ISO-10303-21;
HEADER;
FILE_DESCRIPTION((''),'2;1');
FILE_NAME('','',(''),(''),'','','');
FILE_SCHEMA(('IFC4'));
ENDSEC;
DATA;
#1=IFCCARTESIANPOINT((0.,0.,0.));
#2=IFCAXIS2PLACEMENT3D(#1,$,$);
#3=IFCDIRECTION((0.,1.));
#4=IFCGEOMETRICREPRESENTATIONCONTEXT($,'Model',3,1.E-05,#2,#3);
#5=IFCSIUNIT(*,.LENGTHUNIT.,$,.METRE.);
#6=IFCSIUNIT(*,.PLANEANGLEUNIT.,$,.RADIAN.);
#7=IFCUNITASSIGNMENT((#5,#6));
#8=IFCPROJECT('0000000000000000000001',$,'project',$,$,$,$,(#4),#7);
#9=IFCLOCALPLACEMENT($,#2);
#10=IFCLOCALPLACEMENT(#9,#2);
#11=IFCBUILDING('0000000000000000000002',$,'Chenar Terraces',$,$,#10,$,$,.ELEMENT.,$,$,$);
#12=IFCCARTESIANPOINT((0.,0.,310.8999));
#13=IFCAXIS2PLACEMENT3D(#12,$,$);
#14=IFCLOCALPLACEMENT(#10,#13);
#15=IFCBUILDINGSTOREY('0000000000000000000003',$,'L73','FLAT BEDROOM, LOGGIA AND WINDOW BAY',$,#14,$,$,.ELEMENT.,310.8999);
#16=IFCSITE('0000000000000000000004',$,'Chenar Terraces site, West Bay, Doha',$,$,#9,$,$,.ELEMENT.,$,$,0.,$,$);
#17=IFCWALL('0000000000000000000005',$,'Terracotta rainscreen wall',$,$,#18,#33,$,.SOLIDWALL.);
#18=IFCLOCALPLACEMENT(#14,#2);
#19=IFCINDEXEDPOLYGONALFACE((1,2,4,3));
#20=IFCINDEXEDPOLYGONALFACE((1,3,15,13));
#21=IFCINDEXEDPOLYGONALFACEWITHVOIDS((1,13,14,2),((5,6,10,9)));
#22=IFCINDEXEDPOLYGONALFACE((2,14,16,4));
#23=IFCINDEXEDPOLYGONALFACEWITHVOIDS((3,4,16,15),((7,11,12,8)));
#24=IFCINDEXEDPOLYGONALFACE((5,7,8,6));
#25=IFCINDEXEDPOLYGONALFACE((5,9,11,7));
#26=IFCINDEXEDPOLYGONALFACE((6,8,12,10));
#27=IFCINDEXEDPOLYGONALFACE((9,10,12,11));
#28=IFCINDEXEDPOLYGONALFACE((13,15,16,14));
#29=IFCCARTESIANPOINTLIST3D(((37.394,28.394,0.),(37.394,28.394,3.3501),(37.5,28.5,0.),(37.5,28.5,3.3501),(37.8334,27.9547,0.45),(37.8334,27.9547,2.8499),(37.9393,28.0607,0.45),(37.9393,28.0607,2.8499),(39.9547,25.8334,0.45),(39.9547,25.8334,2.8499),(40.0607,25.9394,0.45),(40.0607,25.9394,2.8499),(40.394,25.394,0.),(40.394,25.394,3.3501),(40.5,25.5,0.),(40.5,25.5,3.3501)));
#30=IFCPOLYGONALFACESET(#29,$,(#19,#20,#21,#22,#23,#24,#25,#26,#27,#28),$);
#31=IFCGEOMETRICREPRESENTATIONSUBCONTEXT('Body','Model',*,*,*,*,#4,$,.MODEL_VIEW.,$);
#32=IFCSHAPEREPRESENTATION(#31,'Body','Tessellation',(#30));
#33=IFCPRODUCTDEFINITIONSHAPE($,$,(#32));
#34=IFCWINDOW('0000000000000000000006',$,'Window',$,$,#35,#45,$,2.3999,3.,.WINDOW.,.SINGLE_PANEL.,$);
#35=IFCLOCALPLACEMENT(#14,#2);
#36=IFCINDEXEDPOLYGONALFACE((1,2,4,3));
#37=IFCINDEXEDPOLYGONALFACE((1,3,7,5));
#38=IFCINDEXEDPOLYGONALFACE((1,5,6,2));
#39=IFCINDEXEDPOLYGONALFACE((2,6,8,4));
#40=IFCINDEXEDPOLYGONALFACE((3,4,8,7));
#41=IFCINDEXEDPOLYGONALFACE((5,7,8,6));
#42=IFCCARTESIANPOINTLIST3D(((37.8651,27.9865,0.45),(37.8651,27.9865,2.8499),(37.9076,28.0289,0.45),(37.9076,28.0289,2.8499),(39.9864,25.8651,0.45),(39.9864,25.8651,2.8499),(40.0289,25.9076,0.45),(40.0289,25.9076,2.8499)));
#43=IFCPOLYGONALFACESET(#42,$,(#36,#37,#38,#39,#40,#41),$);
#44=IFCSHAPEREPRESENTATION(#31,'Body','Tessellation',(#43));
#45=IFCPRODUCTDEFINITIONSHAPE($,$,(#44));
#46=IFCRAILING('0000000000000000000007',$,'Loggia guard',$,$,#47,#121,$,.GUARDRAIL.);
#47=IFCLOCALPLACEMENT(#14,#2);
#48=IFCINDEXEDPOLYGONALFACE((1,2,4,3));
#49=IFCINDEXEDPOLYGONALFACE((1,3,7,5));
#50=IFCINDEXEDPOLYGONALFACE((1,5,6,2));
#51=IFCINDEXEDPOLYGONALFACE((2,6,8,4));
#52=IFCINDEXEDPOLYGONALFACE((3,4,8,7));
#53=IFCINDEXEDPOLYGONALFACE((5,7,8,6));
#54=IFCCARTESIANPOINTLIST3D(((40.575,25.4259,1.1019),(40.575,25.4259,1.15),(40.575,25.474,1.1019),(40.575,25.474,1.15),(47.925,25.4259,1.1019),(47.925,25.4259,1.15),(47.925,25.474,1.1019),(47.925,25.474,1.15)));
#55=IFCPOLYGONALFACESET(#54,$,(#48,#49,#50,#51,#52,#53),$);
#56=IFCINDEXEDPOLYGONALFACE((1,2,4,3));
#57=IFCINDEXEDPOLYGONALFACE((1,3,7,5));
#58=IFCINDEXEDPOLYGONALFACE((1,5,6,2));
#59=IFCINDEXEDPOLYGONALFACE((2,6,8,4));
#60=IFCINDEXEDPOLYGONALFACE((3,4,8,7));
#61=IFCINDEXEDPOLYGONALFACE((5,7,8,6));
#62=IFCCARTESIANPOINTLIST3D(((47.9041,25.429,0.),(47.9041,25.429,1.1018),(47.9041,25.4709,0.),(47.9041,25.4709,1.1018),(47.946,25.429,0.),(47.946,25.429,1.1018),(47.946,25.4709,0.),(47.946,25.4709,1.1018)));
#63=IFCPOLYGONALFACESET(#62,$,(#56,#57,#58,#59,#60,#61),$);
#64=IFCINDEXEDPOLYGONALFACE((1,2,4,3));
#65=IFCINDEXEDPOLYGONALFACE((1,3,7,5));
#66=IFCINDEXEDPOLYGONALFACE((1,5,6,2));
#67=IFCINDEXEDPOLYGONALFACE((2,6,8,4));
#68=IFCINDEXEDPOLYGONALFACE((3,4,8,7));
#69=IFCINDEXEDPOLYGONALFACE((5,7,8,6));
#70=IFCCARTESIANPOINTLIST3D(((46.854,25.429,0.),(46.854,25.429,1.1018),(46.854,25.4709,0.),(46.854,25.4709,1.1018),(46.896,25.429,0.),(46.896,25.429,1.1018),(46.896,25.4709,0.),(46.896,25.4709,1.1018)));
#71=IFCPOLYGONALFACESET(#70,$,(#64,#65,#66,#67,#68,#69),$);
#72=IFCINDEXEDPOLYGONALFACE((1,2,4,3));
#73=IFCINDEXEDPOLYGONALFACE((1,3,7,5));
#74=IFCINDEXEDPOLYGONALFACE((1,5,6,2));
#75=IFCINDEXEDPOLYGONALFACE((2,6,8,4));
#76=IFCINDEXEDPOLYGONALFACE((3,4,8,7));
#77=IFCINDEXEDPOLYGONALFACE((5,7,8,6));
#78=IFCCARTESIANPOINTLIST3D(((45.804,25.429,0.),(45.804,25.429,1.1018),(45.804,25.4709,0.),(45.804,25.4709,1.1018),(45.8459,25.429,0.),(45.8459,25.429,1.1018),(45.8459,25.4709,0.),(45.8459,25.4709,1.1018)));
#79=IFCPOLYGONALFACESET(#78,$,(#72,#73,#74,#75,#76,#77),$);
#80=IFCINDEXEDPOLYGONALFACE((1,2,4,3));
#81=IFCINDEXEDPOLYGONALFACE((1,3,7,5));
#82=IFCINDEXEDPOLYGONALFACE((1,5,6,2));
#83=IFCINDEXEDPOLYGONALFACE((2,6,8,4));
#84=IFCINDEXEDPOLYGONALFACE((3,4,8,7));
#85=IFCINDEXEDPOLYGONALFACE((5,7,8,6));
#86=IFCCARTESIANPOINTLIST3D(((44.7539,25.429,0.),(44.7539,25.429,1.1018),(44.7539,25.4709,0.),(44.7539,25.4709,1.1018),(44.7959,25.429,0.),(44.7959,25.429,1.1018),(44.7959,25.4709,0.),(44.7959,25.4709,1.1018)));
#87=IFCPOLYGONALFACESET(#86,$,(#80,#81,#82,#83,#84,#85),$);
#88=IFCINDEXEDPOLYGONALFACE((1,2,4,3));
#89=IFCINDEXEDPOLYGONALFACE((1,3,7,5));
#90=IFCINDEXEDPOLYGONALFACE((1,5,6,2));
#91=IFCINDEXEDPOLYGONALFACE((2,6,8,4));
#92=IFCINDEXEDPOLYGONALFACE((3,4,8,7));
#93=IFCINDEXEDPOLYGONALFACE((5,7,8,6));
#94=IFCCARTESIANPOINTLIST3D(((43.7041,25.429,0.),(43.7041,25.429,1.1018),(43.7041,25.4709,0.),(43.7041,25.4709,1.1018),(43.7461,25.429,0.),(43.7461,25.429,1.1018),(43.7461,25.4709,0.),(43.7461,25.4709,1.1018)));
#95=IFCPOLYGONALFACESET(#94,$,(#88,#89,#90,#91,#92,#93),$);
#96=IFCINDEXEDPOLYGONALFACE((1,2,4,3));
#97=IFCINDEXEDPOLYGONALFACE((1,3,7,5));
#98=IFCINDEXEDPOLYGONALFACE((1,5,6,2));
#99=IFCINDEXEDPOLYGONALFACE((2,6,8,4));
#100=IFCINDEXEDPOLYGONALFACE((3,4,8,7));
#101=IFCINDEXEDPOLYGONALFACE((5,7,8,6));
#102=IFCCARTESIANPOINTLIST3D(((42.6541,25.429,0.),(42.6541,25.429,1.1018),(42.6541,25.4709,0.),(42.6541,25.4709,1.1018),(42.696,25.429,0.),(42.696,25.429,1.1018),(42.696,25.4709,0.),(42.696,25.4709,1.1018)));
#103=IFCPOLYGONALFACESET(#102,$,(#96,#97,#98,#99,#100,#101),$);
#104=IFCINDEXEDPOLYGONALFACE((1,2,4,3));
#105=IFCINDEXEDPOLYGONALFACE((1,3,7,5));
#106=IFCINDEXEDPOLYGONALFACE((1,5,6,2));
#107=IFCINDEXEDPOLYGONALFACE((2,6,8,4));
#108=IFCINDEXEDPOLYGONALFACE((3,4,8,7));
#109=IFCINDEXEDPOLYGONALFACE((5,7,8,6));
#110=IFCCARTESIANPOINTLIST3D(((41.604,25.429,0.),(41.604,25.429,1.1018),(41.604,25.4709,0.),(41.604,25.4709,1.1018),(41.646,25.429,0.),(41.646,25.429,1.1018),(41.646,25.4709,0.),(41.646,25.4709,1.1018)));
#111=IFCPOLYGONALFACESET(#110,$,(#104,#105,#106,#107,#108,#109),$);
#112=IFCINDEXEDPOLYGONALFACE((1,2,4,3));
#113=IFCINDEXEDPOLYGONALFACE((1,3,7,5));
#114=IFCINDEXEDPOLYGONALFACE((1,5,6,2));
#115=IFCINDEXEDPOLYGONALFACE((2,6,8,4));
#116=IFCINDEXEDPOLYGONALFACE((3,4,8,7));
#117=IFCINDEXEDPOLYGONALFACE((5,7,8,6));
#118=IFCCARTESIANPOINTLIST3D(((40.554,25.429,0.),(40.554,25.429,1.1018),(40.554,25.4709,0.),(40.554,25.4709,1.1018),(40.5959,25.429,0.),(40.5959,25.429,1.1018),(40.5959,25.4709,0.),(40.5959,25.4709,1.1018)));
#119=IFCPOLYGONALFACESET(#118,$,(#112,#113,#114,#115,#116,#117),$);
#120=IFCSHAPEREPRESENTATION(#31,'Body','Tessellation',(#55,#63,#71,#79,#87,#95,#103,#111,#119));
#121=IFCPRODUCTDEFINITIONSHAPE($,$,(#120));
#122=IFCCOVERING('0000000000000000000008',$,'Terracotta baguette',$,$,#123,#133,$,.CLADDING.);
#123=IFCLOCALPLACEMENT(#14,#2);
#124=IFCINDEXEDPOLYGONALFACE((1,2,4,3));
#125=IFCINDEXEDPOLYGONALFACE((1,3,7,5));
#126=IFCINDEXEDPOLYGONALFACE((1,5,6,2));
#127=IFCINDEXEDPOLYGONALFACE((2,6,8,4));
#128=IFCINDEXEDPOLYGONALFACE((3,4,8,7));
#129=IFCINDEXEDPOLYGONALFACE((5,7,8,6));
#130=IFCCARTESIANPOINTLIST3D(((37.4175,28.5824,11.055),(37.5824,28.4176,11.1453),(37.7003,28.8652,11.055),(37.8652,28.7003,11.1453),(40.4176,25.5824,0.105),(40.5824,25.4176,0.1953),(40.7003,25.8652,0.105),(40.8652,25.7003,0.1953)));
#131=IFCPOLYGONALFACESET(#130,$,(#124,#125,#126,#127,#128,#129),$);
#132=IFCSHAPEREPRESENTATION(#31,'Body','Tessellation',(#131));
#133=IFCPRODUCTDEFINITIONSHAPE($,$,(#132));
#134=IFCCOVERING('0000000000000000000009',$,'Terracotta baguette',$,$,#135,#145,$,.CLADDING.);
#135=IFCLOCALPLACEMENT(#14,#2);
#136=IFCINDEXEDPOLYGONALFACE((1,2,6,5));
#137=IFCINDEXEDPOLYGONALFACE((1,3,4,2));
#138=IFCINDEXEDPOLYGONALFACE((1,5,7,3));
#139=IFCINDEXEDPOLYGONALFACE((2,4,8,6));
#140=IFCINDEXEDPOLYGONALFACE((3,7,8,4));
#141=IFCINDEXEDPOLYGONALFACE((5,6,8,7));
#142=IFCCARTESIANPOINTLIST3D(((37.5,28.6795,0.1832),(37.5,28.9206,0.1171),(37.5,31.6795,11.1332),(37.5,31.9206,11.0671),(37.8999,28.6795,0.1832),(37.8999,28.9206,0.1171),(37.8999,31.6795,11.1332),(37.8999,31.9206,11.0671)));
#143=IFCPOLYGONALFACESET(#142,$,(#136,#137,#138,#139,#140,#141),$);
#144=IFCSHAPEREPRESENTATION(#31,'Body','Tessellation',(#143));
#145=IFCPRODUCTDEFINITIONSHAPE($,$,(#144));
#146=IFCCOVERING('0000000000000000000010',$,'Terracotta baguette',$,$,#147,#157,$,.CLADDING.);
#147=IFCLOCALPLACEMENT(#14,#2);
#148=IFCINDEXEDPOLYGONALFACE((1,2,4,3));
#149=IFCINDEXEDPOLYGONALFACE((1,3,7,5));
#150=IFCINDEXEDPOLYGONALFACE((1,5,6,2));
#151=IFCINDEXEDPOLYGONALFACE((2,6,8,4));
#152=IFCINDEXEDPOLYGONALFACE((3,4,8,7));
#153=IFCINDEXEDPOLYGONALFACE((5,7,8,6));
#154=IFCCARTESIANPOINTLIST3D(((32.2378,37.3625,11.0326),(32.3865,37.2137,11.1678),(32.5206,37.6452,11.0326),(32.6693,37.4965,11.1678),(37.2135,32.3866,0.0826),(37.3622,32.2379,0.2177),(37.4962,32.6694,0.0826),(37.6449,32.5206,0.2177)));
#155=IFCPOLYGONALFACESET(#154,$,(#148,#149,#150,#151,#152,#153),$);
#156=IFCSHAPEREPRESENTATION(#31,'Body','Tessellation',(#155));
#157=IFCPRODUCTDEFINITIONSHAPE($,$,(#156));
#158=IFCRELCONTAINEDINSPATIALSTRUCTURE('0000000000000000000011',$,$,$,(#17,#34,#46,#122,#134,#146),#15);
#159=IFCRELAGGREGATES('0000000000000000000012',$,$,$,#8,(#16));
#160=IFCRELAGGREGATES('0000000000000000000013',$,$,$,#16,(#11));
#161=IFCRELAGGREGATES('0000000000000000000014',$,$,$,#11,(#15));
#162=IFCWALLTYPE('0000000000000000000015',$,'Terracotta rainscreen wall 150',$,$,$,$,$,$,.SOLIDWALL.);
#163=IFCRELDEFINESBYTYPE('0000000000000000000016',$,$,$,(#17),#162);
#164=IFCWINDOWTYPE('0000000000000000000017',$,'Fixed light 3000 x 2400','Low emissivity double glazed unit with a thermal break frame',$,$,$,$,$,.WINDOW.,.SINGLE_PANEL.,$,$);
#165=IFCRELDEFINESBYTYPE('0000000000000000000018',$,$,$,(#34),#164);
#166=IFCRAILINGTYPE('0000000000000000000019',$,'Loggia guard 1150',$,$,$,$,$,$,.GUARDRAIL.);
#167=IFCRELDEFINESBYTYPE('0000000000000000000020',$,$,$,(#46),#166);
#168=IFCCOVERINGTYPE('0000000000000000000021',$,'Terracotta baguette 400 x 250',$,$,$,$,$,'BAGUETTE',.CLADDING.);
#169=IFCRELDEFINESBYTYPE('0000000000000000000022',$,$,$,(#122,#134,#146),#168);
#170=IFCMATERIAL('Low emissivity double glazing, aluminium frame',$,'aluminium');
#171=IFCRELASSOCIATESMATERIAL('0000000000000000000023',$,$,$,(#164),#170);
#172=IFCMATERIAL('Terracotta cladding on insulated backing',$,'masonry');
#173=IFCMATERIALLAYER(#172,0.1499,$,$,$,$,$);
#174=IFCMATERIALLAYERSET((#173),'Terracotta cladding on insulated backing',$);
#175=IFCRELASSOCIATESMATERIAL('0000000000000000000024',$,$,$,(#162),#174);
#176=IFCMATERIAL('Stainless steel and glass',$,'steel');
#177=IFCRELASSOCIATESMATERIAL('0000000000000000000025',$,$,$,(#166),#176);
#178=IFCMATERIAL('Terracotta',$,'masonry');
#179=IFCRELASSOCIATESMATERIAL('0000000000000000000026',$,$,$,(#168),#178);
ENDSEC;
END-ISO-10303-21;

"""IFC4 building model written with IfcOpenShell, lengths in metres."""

from ifc_helpers import new_model, si_unit, direction, frame, frame_2d, origin, origin_2d, place, context, subcontext, project, spatial, rectangle, extrude, material, layer, layer_set, material_profile, profile_set, type_object, element, fill, save


model = new_model("IFC4")

# Units and contexts
model_context = context("Model", 3, precision=1e-05, world=origin(), true_north=direction((0.0, 1.0)))
body_context = subcontext(model_context, "Body", "Model", "MODEL_VIEW")
ifc_project = project(units=[si_unit("LENGTHUNIT", "METRE"), si_unit("PLANEANGLEUNIT", "RADIAN")], contexts=[model_context])

# Site, building, storey
site_placement = place(None, origin())
site = spatial("IfcSite", under=ifc_project, at=site_placement, Name="Chenar Terraces site, West Bay, Doha", CompositionType="ELEMENT", RefElevation=0.0)
building_placement = place(site_placement, origin())
building = spatial("IfcBuilding", under=site, at=building_placement, Name="Chenar Terraces", CompositionType="ELEMENT")
storey_placement = place(building_placement, frame((0.0, 0.0, 310.8999)))
storey = spatial("IfcBuildingStorey", under=building, at=storey_placement, Name="L73", Description="FLAT BEDROOM, LOGGIA AND WINDOW BAY", CompositionType="ELEMENT", Elevation=310.8999)

# Shared definitions
ifc_material_1 = material(Name="Low emissivity double glazing, aluminium frame", Category="aluminium")
window_type_1 = type_object("IfcWindowType", Name="Fixed light 3000 x 2400", Description="Low emissivity double glazed unit with a thermal break frame", PartitioningType="SINGLE_PANEL", PredefinedType="WINDOW", material=ifc_material_1)

# Wall, opening, window
ifc_material_2 = material(Name="Terracotta cladding on insulated backing", Category="masonry")
ifc_layer_1 = layer(ifc_material_2, 0.1499)
ifc_layer_set_1 = layer_set([ifc_layer_1], Name="Terracotta cladding on insulated backing")
wall_type_1 = type_object("IfcWallType", Name="Terracotta rainscreen wall 150", PredefinedType="SOLIDWALL", material=ifc_layer_set_1)
wall_1_placement = place(storey_placement, frame((40.447, 25.447, 0.0), z_axis=(0.0, 0.0, 1.0), x_axis=(-0.707107, 0.707107, 0.0)))
wall_1 = element("IfcWall", 1, at=wall_1_placement, inside=storey, type_object=wall_type_1, Name="Terracotta rainscreen wall", PredefinedType="SOLIDWALL", context=body_context, shape_type="SweptSolid", body=[
    extrude(rectangle(XDim=4.2427, YDim=0.1499, at=frame_2d((2.1213, 0.0))), origin(), (0.0, 0.0, 1.0), 3.3501),
])
opening_1_placement = place(wall_1_placement, frame((0.6213, 0.0, 0.45)))
opening_1 = element("IfcOpeningElement", 2, at=opening_1_placement, cuts=wall_1, PredefinedType="OPENING", context=body_context, shape_type="SweptSolid", body=[
    extrude(rectangle(XDim=3.0, YDim=2.3999, at=frame_2d((1.5, 1.2))), frame((0.0, 0.085, 0.0), z_axis=(0.0, -1.0, 0.0), x_axis=(1.0, 0.0, 0.0)), (0.0, 0.0, 1.0), 0.1699),
])
window_1_placement = place(opening_1_placement, origin())
window_1 = element("IfcWindow", 3, at=window_1_placement, inside=storey, type_object=window_type_1, Name="Window", OverallHeight=2.3999, OverallWidth=3.0, PartitioningType="SINGLE_PANEL", PredefinedType="WINDOW", context=body_context, shape_type="SweptSolid", body=[
    extrude(rectangle(XDim=3.0, YDim=2.3999, at=frame_2d((1.5, 1.2))), frame((0.0, 0.03, 0.0), z_axis=(0.0, -1.0, 0.0), x_axis=(1.0, 0.0, 0.0)), (0.0, 0.0, 1.0), 0.0601),
])
fill(opening_1, window_1)

# Railing
ifc_material_3 = material(Name="Stainless steel and glass", Category="steel")
railing_type = type_object("IfcRailingType", Name="Loggia guard 1150", PredefinedType="GUARDRAIL", material=ifc_material_3)
railing_placement = place(storey_placement, frame((47.925, 25.45, 0.0)))
element("IfcRailing", 4, at=railing_placement, inside=storey, type_object=railing_type, Name="Loggia guard", PredefinedType="GUARDRAIL", context=body_context, shape_type="SweptSolid", body=[
    extrude(rectangle(XDim=0.0481, YDim=0.0481, at=origin_2d()), frame((0.0, 0.0, 1.126), z_axis=(-1.0, 0.0, 0.0), x_axis=(0.0, -1.0, 0.0)), (0.0, 0.0, 1.0), 7.3501),
    extrude(rectangle(XDim=0.042, YDim=0.042, at=origin_2d()), origin(), (0.0, 0.0, 1.0), 1.1018),
    extrude(rectangle(XDim=0.042, YDim=0.042, at=origin_2d()), frame((-1.05, 0.0, 0.0)), (0.0, 0.0, 1.0), 1.1018),
    extrude(rectangle(XDim=0.042, YDim=0.042, at=origin_2d()), frame((-2.1001, 0.0, 0.0)), (0.0, 0.0, 1.0), 1.1018),
    extrude(rectangle(XDim=0.042, YDim=0.042, at=origin_2d()), frame((-3.1501, 0.0, 0.0)), (0.0, 0.0, 1.0), 1.1018),
    extrude(rectangle(XDim=0.042, YDim=0.042, at=origin_2d()), frame((-4.2, 0.0, 0.0)), (0.0, 0.0, 1.0), 1.1018),
    extrude(rectangle(XDim=0.042, YDim=0.042, at=origin_2d()), frame((-5.25, 0.0, 0.0)), (0.0, 0.0, 1.0), 1.1018),
    extrude(rectangle(XDim=0.042, YDim=0.042, at=origin_2d()), frame((-6.3, 0.0, 0.0)), (0.0, 0.0, 1.0), 1.1018),
    extrude(rectangle(XDim=0.042, YDim=0.042, at=origin_2d()), frame((-7.3501, 0.0, 0.0)), (0.0, 0.0, 1.0), 1.1018),
])

# Coverings
ifc_material_4 = material(Name="Terracotta", Category="masonry")
ifc_material_profile_1 = material_profile(ifc_material_4, rectangle(XDim=0.3999, YDim=0.25, at=origin_2d()), Name="Terracotta baguette 400 x 250")
ifc_profile_set_1 = profile_set([ifc_material_profile_1], Name="Terracotta")
covering_type = type_object("IfcCoveringType", Name="Terracotta baguette 400 x 250", ElementType="BAGUETTE", PredefinedType="CLADDING", material=ifc_profile_set_1)
covering_1_placement = place(storey_placement, frame((40.6414, 25.6414, 0.1501), z_axis=(-0.255468, 0.255468, 0.932455), x_axis=(-0.707107, -0.707107, 0.0)))
element("IfcCovering", 5, at=covering_1_placement, inside=storey, type_object=covering_type, Name="Terracotta baguette", PredefinedType="CLADDING", context=body_context, shape_type="SweptSolid", body=[
    extrude(rectangle(XDim=0.3999, YDim=0.25, at=origin_2d()), origin(), (0.0, 0.0, 1.0), 11.7432),
])
covering_2_placement = place(storey_placement, frame((37.7, 28.8, 0.1501), z_axis=(0.0, 0.264236, 0.964458), x_axis=(-1.0, 0.0, 0.0)))
element("IfcCovering", 6, at=covering_2_placement, inside=storey, type_object=covering_type, Name="Terracotta baguette", PredefinedType="CLADDING", context=body_context, shape_type="SweptSolid", body=[
    extrude(rectangle(XDim=0.3999, YDim=0.25, at=origin_2d()), origin(), (0.0, 0.0, 1.0), 11.3535),
])
covering_3_placement = place(storey_placement, frame((37.4292, 32.4536, 0.1501), z_axis=(-0.382266, 0.382285, 0.841267), x_axis=(-0.707124, -0.707089, 0.0)))
element("IfcCovering", 7, at=covering_3_placement, inside=storey, type_object=covering_type, Name="Terracotta baguette", PredefinedType="CLADDING", context=body_context, shape_type="SweptSolid", body=[
    extrude(rectangle(XDim=0.3999, YDim=0.25, at=origin_2d()), origin(), (0.0, 0.0, 1.0), 13.0161),
])

save(model, "model.ifc")
